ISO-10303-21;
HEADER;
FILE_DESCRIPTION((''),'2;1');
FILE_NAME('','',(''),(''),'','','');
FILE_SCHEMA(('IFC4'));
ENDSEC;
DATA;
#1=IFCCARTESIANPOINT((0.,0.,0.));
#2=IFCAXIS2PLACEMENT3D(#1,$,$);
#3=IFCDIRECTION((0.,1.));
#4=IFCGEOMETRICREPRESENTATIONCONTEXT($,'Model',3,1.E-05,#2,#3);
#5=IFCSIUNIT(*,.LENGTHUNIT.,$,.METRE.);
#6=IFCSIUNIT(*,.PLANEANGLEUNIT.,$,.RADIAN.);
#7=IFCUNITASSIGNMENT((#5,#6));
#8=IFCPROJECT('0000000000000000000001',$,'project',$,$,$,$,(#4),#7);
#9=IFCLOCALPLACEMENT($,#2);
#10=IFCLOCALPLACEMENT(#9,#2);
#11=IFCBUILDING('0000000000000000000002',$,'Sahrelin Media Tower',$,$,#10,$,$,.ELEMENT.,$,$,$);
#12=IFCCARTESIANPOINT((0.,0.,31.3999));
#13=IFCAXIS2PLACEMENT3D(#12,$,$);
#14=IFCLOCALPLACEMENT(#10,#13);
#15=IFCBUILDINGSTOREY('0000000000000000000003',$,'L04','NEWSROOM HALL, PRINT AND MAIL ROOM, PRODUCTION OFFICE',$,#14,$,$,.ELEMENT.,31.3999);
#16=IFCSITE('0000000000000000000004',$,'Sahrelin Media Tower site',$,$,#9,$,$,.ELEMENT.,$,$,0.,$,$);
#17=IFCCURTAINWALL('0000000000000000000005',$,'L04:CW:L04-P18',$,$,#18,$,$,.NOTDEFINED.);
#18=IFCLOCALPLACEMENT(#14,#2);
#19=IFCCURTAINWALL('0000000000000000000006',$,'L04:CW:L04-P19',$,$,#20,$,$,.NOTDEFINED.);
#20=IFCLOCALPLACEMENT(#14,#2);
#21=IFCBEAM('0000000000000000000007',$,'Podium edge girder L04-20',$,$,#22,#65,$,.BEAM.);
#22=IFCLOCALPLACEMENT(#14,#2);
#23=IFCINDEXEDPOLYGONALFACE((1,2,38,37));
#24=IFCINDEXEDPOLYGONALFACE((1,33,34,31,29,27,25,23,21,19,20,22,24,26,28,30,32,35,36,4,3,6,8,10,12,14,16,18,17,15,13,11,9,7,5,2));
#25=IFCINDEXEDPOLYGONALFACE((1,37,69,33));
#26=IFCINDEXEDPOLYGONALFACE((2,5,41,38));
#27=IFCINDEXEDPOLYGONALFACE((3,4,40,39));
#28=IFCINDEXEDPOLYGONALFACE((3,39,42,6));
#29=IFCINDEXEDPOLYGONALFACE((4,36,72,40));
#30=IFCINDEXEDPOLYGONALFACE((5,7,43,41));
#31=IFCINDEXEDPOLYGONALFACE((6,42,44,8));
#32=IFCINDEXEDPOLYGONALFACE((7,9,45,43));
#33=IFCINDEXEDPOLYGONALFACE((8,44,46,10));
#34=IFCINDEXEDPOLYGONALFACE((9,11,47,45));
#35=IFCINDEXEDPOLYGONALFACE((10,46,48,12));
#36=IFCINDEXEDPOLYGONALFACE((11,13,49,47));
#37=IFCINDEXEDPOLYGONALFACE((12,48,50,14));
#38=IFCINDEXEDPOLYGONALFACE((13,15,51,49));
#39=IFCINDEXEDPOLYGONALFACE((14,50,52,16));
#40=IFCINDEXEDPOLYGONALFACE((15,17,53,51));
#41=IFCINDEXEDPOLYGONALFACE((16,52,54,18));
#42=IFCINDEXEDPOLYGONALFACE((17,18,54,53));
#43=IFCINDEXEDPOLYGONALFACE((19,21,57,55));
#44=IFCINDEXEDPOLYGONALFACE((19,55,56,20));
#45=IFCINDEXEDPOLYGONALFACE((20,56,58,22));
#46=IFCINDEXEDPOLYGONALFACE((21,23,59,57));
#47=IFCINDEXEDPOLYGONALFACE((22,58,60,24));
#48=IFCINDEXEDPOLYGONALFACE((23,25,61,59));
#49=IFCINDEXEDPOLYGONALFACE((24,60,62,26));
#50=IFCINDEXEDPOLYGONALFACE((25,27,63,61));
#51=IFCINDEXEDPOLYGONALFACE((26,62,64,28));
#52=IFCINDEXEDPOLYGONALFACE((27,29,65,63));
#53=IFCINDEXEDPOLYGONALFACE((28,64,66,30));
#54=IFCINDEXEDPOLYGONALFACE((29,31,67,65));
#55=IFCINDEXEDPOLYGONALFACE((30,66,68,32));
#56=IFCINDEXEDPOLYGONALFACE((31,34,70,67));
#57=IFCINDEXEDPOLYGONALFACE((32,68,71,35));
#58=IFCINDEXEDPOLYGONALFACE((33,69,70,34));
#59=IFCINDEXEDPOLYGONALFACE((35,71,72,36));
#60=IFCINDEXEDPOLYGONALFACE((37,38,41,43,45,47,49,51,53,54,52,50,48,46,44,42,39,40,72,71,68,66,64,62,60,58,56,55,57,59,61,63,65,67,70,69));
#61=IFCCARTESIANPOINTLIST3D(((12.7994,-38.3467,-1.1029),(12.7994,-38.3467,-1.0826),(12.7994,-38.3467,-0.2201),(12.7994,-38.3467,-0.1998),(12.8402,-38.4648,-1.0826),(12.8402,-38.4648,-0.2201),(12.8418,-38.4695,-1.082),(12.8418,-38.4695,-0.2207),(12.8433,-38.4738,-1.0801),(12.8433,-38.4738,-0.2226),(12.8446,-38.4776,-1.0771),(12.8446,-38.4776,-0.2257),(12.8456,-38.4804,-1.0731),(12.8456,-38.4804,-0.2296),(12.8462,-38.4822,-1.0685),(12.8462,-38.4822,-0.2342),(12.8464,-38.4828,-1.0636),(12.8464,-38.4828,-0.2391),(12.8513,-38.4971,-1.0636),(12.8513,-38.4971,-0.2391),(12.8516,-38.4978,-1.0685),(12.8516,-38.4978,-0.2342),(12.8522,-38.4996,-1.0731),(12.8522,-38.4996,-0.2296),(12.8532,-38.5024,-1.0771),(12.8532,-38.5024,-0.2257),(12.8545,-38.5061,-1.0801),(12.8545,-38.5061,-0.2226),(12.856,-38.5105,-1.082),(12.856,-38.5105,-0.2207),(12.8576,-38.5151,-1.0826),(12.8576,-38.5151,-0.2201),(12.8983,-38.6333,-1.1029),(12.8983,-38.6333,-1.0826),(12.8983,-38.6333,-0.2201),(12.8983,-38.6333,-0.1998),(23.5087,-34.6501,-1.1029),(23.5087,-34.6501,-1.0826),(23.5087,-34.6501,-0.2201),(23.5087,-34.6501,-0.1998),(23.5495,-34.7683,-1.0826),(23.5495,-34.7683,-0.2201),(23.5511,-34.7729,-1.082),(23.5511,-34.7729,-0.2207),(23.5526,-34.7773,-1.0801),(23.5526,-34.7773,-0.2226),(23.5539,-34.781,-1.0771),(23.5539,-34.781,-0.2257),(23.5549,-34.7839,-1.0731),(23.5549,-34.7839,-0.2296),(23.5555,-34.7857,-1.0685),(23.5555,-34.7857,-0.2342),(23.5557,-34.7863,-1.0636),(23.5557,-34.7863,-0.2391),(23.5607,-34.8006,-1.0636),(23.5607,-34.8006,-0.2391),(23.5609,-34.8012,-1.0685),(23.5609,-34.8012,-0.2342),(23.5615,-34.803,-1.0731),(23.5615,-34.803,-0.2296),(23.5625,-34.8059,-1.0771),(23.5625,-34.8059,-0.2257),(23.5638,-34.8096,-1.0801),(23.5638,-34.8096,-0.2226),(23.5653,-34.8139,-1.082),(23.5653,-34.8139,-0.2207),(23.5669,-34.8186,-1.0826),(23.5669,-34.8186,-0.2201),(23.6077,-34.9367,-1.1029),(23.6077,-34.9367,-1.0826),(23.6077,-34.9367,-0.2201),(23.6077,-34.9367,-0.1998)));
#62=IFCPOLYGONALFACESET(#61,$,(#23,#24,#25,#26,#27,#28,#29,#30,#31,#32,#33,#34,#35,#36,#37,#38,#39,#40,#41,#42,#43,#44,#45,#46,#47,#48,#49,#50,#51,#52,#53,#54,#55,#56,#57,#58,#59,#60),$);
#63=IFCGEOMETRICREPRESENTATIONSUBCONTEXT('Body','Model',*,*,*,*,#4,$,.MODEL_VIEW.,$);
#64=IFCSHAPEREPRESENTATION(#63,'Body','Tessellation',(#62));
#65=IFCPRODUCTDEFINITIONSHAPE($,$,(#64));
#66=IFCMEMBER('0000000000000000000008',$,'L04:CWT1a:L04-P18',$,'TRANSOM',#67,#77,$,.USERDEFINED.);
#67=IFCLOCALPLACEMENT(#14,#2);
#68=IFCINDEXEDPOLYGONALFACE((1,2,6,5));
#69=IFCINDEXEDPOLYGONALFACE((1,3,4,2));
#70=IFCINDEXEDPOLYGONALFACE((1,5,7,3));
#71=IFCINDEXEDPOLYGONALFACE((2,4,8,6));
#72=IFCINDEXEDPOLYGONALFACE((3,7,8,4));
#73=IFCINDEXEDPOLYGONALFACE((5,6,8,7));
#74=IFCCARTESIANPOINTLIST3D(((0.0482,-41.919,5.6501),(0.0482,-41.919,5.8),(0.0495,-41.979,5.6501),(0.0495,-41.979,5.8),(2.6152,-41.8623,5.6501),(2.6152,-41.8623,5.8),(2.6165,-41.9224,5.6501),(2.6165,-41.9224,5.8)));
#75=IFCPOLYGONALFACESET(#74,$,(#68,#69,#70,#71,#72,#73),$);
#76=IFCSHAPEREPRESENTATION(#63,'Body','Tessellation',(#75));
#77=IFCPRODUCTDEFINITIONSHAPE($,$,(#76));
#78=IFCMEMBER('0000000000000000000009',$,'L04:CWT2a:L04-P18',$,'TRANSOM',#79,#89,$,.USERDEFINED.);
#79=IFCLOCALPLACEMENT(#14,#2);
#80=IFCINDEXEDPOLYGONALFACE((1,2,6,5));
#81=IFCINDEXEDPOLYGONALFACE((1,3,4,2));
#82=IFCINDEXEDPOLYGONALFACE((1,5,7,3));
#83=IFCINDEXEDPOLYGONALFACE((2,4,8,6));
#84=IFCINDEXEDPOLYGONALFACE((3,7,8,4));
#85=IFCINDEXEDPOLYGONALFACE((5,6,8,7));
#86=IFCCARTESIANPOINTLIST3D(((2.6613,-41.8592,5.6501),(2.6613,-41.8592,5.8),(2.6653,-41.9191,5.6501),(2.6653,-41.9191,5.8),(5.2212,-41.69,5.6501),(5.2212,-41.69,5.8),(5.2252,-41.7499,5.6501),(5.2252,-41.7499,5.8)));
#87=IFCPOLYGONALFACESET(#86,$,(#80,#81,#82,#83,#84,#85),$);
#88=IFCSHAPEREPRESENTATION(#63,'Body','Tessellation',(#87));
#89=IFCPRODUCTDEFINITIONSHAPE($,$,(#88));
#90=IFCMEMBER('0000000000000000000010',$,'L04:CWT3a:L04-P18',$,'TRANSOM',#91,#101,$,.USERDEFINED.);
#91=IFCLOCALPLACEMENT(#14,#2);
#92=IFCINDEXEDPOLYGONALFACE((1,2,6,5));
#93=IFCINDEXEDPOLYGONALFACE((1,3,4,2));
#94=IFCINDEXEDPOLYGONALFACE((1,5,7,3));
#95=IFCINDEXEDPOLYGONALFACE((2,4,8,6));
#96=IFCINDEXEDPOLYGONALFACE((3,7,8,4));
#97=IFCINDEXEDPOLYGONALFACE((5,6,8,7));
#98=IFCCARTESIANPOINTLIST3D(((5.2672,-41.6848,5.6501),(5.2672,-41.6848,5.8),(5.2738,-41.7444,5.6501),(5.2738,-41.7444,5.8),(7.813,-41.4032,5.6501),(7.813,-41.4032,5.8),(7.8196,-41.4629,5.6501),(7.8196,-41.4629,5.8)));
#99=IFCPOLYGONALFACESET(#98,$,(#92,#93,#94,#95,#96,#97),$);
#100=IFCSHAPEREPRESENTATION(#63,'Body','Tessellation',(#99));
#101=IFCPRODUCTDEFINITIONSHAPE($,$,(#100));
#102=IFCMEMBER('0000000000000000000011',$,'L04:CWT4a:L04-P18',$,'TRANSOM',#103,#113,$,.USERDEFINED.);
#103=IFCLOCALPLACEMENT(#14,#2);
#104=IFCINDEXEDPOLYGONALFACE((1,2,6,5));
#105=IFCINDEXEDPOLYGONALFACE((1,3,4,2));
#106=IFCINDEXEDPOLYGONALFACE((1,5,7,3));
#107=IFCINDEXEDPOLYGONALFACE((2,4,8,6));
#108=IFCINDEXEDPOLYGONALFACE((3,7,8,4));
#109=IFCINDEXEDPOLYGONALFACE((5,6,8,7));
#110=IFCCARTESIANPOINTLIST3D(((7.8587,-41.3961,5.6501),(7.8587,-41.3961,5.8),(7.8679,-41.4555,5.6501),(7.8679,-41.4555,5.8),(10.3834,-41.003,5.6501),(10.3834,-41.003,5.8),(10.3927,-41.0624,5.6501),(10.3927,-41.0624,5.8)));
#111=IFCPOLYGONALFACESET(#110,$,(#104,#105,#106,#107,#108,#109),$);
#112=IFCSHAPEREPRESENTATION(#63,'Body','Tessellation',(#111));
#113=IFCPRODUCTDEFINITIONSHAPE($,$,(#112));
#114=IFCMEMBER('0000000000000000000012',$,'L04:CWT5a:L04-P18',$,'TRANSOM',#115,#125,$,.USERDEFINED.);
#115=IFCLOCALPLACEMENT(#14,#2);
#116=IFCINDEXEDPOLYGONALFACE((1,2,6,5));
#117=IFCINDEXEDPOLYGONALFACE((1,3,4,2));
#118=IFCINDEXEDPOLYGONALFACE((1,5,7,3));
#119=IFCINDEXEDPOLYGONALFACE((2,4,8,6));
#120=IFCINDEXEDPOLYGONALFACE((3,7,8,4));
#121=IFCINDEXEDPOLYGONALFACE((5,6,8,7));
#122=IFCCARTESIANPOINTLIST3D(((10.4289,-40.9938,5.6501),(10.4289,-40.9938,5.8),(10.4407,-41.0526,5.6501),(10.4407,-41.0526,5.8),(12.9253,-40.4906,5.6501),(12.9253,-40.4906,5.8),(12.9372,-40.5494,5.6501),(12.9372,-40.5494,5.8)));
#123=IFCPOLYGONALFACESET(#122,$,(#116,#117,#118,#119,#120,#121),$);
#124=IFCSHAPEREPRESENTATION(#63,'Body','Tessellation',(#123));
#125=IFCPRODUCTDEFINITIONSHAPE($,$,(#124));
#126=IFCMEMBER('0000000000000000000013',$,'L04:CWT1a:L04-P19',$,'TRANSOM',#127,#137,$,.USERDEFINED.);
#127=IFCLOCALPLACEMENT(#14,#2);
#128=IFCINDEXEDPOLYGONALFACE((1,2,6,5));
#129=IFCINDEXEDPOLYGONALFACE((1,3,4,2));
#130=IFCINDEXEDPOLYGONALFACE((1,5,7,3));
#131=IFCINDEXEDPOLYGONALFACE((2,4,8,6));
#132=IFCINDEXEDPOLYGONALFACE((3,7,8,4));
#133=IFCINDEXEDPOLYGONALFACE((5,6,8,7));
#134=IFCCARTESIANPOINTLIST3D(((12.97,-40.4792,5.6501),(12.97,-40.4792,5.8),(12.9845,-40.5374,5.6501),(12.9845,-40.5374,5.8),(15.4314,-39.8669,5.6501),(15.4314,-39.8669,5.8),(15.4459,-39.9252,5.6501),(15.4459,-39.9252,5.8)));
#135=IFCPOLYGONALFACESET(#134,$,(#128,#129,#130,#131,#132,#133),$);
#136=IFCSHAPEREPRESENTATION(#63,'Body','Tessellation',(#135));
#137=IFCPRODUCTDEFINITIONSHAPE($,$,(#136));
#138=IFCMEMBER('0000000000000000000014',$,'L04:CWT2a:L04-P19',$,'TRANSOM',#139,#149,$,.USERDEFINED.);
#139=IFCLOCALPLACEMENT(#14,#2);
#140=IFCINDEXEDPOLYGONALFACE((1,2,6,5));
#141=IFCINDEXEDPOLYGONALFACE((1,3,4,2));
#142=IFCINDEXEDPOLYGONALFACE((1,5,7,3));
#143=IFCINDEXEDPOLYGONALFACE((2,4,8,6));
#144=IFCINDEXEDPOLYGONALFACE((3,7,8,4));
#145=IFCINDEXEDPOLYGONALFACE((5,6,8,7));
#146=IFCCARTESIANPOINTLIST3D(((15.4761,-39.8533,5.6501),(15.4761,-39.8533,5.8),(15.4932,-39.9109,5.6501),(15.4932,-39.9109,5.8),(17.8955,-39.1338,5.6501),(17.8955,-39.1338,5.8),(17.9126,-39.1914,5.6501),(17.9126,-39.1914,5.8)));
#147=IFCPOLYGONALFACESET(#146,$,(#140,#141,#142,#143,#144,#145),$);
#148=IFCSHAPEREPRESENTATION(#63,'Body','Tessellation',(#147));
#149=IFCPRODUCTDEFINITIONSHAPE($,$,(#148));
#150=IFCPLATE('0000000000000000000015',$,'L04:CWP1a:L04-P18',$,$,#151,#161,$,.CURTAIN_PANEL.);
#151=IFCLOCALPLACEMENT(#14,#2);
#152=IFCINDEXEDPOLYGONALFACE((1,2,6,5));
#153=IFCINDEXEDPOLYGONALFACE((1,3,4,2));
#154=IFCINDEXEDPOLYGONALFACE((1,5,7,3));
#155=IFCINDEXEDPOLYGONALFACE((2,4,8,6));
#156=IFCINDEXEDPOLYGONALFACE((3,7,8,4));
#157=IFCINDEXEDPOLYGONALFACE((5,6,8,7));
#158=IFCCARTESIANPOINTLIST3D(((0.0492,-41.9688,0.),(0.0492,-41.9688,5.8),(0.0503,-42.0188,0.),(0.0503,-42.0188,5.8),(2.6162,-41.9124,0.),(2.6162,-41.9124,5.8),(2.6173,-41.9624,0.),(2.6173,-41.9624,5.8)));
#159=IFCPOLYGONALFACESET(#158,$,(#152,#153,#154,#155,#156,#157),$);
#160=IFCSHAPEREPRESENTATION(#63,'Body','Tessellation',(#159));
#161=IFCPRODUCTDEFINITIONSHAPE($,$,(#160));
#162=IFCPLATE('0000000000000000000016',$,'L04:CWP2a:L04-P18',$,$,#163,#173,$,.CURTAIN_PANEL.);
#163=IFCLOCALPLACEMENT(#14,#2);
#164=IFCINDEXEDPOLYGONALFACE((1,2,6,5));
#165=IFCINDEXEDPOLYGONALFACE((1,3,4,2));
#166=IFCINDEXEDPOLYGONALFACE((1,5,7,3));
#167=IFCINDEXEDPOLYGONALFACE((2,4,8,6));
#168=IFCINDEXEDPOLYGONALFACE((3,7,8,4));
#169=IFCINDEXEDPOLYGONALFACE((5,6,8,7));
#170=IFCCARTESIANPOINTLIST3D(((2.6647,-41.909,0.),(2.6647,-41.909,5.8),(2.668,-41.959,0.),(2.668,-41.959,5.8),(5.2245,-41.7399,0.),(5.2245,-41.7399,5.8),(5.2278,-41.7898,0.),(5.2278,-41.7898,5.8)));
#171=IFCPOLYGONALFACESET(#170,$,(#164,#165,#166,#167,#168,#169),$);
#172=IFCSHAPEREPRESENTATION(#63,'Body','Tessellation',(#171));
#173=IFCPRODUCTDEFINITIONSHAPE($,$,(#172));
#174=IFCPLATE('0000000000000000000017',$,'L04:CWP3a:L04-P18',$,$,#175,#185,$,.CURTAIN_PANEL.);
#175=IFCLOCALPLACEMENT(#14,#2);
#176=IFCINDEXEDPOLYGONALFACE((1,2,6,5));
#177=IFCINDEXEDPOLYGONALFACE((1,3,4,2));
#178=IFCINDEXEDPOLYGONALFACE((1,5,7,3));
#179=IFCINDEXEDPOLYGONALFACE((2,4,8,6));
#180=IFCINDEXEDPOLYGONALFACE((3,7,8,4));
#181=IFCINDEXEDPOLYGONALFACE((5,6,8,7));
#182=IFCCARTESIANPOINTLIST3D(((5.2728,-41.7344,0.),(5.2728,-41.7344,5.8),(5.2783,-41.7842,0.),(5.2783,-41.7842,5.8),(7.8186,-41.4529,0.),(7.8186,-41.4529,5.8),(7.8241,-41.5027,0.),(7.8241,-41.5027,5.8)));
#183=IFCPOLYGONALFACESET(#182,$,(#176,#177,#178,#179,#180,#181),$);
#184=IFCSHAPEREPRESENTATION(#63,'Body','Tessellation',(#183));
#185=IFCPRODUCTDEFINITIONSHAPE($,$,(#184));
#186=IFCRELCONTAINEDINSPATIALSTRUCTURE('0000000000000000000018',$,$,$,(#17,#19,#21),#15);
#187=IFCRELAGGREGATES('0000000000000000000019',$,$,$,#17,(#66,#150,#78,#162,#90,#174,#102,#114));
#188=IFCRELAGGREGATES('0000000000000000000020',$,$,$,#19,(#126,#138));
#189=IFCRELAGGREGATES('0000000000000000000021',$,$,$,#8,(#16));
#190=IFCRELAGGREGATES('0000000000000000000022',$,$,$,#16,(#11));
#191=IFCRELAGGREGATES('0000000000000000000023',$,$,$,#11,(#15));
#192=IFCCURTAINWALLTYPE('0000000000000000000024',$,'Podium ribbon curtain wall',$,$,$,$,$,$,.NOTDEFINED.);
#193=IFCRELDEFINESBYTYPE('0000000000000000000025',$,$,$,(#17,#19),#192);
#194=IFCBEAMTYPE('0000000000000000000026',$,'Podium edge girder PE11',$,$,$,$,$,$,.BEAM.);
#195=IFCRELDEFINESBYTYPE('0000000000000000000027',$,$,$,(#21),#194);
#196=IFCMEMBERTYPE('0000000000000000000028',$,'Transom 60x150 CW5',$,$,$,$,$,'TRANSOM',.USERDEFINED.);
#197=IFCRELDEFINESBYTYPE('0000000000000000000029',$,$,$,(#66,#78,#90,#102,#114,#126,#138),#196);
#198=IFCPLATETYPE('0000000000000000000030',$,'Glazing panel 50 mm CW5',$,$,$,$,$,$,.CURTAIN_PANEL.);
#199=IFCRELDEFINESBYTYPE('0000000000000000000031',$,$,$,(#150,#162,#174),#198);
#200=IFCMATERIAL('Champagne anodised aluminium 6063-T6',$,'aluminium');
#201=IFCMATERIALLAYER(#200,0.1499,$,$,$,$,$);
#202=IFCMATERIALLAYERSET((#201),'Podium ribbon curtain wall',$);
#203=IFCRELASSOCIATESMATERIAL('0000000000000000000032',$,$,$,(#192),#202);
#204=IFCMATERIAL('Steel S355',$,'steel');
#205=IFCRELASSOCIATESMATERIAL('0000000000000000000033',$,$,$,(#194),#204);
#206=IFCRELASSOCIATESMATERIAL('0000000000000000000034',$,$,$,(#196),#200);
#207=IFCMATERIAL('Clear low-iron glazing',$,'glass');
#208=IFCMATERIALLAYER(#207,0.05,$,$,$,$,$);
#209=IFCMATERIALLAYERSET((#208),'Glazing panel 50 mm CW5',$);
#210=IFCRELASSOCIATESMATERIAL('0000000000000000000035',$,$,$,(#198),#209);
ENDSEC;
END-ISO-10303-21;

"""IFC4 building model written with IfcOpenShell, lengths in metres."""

from ifc_helpers import new_model, si_unit, direction, frame, origin, origin_2d, place, context, subcontext, project, spatial, polyline, rectangle, i_section, outline, extrude, material, layer, layer_set, material_profile, profile_set, type_object, element, aggregate, save


model = new_model("IFC4")

# Units and contexts
model_context = context("Model", 3, precision=1e-05, world=origin(), true_north=direction((0.0, 1.0)))
body_context = subcontext(model_context, "Body", "Model", "MODEL_VIEW")
ifc_project = project(units=[si_unit("LENGTHUNIT", "METRE"), si_unit("PLANEANGLEUNIT", "RADIAN")], contexts=[model_context])

# Site, building, storey
site_placement = place(None, origin())
site = spatial("IfcSite", under=ifc_project, at=site_placement, Name="Sahrelin Media Tower site", CompositionType="ELEMENT", RefElevation=0.0)
building_placement = place(site_placement, origin())
building = spatial("IfcBuilding", under=site, at=building_placement, Name="Sahrelin Media Tower", CompositionType="ELEMENT")
storey_placement = place(building_placement, frame((0.0, 0.0, 31.3999)))
storey = spatial("IfcBuildingStorey", under=building, at=storey_placement, Name="L04", Description="NEWSROOM HALL, PRINT AND MAIL ROOM, PRODUCTION OFFICE", CompositionType="ELEMENT", Elevation=31.3999)

# Curtain walls
ifc_material_1 = material(Name="Champagne anodised aluminium 6063-T6", Category="aluminium")
ifc_layer_1 = layer(ifc_material_1, 0.1499)
ifc_layer_set_1 = layer_set([ifc_layer_1], Name="Podium ribbon curtain wall")
curtain_wall_type = type_object("IfcCurtainWallType", Name="Podium ribbon curtain wall", PredefinedType="NOTDEFINED", material=ifc_layer_set_1)
curtain_wall_1_placement = place(storey_placement, frame((0.0, -42.0, 0.0), z_axis=(0.0, 0.0, 1.0), x_axis=(1.0, 0.0, 0.0)))
curtain_wall_1 = element("IfcCurtainWall", 1, at=curtain_wall_1_placement, inside=storey, type_object=curtain_wall_type, Name="L04:CW:L04-P18", PredefinedType="NOTDEFINED")
curtain_wall_2_placement = place(storey_placement, frame((12.9409, -40.5688, 0.0), z_axis=(0.0, 0.0, 1.0), x_axis=(1.0, 0.0, 0.0)))
curtain_wall_2 = element("IfcCurtainWall", 2, at=curtain_wall_2_placement, inside=storey, type_object=curtain_wall_type, Name="L04:CW:L04-P19", PredefinedType="NOTDEFINED")

# Beam
ifc_material_2 = material(Name="Steel S355", Category="steel")
ifc_material_profile_1 = material_profile(ifc_material_2, i_section(OverallWidth=0.3032, OverallDepth=0.9031, WebThickness=0.0151, FlangeThickness=0.0203, FilletRadius=0.019, at=origin_2d()), Name="UB 914x305x201")
ifc_profile_set_1 = profile_set([ifc_material_profile_1], Name="Steel S355")
beam_type = type_object("IfcBeamType", Name="Podium edge girder PE11", PredefinedType="BEAM", material=ifc_profile_set_1)
beam_1_placement = place(storey_placement, frame((12.8489, -38.49, -0.6514), z_axis=(0.945272, 0.326282, 0.0), x_axis=(-0.326282, 0.945272, 0.0)))
element("IfcBeam", 3, at=beam_1_placement, inside=storey, type_object=beam_type, Name="Podium edge girder L04-20", PredefinedType="BEAM", context=body_context, shape_type="SweptSolid", body=[
    extrude(i_section(OverallWidth=0.3032, OverallDepth=0.9031, WebThickness=0.0151, FlangeThickness=0.0203, FilletRadius=0.019, at=origin_2d()), origin(), (0.0, 0.0, 1.0), 11.3293),
])

# Members
ifc_material_profile_2 = material_profile(ifc_material_1, rectangle(XDim=0.0601, YDim=0.1499, at=origin_2d()), Name="Transom 60x150")
ifc_profile_set_2 = profile_set([ifc_material_profile_2], Name="Champagne anodised aluminium 6063-T6")
member_type_1 = type_object("IfcMemberType", Name="Transom 60x150 CW5", ElementType="TRANSOM", PredefinedType="USERDEFINED", material=ifc_profile_set_2)
member_1_placement = place(storey_placement, frame((0.0488, -41.949, 5.7251), z_axis=(0.999757, 0.02206, 0.0), x_axis=(-0.02206, 0.999757, 0.0)))
member_1 = element("IfcMember", 4, at=member_1_placement, type_object=member_type_1, Name="L04:CWT1a:L04-P18", ObjectType="TRANSOM", PredefinedType="USERDEFINED", context=body_context, shape_type="SweptSolid", body=[
    extrude(rectangle(XDim=0.0601, YDim=0.1499, at=origin_2d()), origin(), (0.0, 0.0, 1.0), 2.5676),
])
member_2_placement = place(storey_placement, frame((2.6633, -41.8892, 5.7251), z_axis=(0.997823, 0.065951, 0.0), x_axis=(-0.065951, 0.997823, 0.0)))
member_2 = element("IfcMember", 5, at=member_2_placement, type_object=member_type_1, Name="L04:CWT2a:L04-P18", ObjectType="TRANSOM", PredefinedType="USERDEFINED", context=body_context, shape_type="SweptSolid", body=[
    extrude(rectangle(XDim=0.0601, YDim=0.1499, at=origin_2d()), origin(), (0.0, 0.0, 1.0), 2.5654),
])
member_3_placement = place(storey_placement, frame((5.2705, -41.7146, 5.7251), z_axis=(0.993942, 0.109908, 0.0), x_axis=(-0.109908, 0.993942, 0.0)))
member_3 = element("IfcMember", 6, at=member_3_placement, type_object=member_type_1, Name="L04:CWT3a:L04-P18", ObjectType="TRANSOM", PredefinedType="USERDEFINED", context=body_context, shape_type="SweptSolid", body=[
    extrude(rectangle(XDim=0.0601, YDim=0.1499, at=origin_2d()), origin(), (0.0, 0.0, 1.0), 2.5613),
])
member_4_placement = place(storey_placement, frame((7.8633, -41.4258, 5.7251), z_axis=(0.988096, 0.153838, 0.0), x_axis=(-0.153838, 0.988096, 0.0)))
member_4 = element("IfcMember", 7, at=member_4_placement, type_object=member_type_1, Name="L04:CWT4a:L04-P18", ObjectType="TRANSOM", PredefinedType="USERDEFINED", context=body_context, shape_type="SweptSolid", body=[
    extrude(rectangle(XDim=0.0601, YDim=0.1499, at=origin_2d()), origin(), (0.0, 0.0, 1.0), 2.5552),
])
member_5_placement = place(storey_placement, frame((10.4348, -41.0232, 5.7251), z_axis=(0.980285, 0.197591, 0.0), x_axis=(-0.197591, 0.980285, 0.0)))
member_5 = element("IfcMember", 8, at=member_5_placement, type_object=member_type_1, Name="L04:CWT5a:L04-P18", ObjectType="TRANSOM", PredefinedType="USERDEFINED", context=body_context, shape_type="SweptSolid", body=[
    extrude(rectangle(XDim=0.0601, YDim=0.1499, at=origin_2d()), origin(), (0.0, 0.0, 1.0), 2.5466),
])
member_6_placement = place(storey_placement, frame((12.9773, -40.5083, 5.7251), z_axis=(0.970425, 0.241403, 0.0), x_axis=(-0.241403, 0.970425, 0.0)))
member_6 = element("IfcMember", 9, at=member_6_placement, type_object=member_type_1, Name="L04:CWT1a:L04-P19", ObjectType="TRANSOM", PredefinedType="USERDEFINED", context=body_context, shape_type="SweptSolid", body=[
    extrude(rectangle(XDim=0.0601, YDim=0.1499, at=origin_2d()), origin(), (0.0, 0.0, 1.0), 2.5364),
])
member_7_placement = place(storey_placement, frame((15.4846, -39.8821, 5.7251), z_axis=(0.958516, 0.28504, 0.0), x_axis=(-0.28504, 0.958516, 0.0)))
member_7 = element("IfcMember", 10, at=member_7_placement, type_object=member_type_1, Name="L04:CWT2a:L04-P19", ObjectType="TRANSOM", PredefinedType="USERDEFINED", context=body_context, shape_type="SweptSolid", body=[
    extrude(rectangle(XDim=0.0601, YDim=0.1499, at=origin_2d()), origin(), (0.0, 0.0, 1.0), 2.5242),
])

# Plates
ifc_material_3 = material(Name="Clear low-iron glazing", Category="glass")
ifc_layer_2 = layer(ifc_material_3, 0.05)
ifc_layer_set_2 = layer_set([ifc_layer_2], Name="Glazing panel 50 mm CW5")
plate_type = type_object("IfcPlateType", Name="Glazing panel 50 mm CW5", PredefinedType="CURTAIN_PANEL", material=ifc_layer_set_2)
plate_1_placement = place(storey_placement, frame((0.0503, -42.0188, 0.0), z_axis=(0.021965, -0.999759, 0.0), x_axis=(0.999759, 0.021965, 0.0)))
plate_1 = element("IfcPlate", 11, at=plate_1_placement, type_object=plate_type, Name="L04:CWP1a:L04-P18", PredefinedType="CURTAIN_PANEL", context=body_context, shape_type="SweptSolid", body=[
    extrude(outline(polyline([(0.0, 0.0), (2.5676, 0.0), (2.5676, 5.8), (0.0, 5.8), (0.0, 0.0)])), origin(), (0.0, 0.0, -1.0), 0.05),
])
plate_2_placement = place(storey_placement, frame((2.668, -41.959, 0.0), z_axis=(0.065951, -0.997823, 0.0), x_axis=(0.997823, 0.065951, 0.0)))
plate_2 = element("IfcPlate", 12, at=plate_2_placement, type_object=plate_type, Name="L04:CWP2a:L04-P18", PredefinedType="CURTAIN_PANEL", context=body_context, shape_type="SweptSolid", body=[
    extrude(outline(polyline([(0.0, 0.0), (2.5654, 0.0), (2.5654, 5.8), (0.0, 5.8), (0.0, 0.0)])), origin(), (0.0, 0.0, -1.0), 0.05),
])
plate_3_placement = place(storey_placement, frame((5.2783, -41.7842, 0.0), z_axis=(0.109908, -0.993942, 0.0), x_axis=(0.993942, 0.109908, 0.0)))
plate_3 = element("IfcPlate", 13, at=plate_3_placement, type_object=plate_type, Name="L04:CWP3a:L04-P18", PredefinedType="CURTAIN_PANEL", context=body_context, shape_type="SweptSolid", body=[
    extrude(outline(polyline([(0.0, 0.0), (2.5613, 0.0), (2.5613, 5.8), (0.0, 5.8), (0.0, 0.0)])), origin(), (0.0, 0.0, -1.0), 0.05),
])
aggregate(curtain_wall_1, [member_1, plate_1, member_2, plate_2, member_3, plate_3, member_4, member_5])
aggregate(curtain_wall_2, [member_6, member_7])

save(model, "model.ifc")
